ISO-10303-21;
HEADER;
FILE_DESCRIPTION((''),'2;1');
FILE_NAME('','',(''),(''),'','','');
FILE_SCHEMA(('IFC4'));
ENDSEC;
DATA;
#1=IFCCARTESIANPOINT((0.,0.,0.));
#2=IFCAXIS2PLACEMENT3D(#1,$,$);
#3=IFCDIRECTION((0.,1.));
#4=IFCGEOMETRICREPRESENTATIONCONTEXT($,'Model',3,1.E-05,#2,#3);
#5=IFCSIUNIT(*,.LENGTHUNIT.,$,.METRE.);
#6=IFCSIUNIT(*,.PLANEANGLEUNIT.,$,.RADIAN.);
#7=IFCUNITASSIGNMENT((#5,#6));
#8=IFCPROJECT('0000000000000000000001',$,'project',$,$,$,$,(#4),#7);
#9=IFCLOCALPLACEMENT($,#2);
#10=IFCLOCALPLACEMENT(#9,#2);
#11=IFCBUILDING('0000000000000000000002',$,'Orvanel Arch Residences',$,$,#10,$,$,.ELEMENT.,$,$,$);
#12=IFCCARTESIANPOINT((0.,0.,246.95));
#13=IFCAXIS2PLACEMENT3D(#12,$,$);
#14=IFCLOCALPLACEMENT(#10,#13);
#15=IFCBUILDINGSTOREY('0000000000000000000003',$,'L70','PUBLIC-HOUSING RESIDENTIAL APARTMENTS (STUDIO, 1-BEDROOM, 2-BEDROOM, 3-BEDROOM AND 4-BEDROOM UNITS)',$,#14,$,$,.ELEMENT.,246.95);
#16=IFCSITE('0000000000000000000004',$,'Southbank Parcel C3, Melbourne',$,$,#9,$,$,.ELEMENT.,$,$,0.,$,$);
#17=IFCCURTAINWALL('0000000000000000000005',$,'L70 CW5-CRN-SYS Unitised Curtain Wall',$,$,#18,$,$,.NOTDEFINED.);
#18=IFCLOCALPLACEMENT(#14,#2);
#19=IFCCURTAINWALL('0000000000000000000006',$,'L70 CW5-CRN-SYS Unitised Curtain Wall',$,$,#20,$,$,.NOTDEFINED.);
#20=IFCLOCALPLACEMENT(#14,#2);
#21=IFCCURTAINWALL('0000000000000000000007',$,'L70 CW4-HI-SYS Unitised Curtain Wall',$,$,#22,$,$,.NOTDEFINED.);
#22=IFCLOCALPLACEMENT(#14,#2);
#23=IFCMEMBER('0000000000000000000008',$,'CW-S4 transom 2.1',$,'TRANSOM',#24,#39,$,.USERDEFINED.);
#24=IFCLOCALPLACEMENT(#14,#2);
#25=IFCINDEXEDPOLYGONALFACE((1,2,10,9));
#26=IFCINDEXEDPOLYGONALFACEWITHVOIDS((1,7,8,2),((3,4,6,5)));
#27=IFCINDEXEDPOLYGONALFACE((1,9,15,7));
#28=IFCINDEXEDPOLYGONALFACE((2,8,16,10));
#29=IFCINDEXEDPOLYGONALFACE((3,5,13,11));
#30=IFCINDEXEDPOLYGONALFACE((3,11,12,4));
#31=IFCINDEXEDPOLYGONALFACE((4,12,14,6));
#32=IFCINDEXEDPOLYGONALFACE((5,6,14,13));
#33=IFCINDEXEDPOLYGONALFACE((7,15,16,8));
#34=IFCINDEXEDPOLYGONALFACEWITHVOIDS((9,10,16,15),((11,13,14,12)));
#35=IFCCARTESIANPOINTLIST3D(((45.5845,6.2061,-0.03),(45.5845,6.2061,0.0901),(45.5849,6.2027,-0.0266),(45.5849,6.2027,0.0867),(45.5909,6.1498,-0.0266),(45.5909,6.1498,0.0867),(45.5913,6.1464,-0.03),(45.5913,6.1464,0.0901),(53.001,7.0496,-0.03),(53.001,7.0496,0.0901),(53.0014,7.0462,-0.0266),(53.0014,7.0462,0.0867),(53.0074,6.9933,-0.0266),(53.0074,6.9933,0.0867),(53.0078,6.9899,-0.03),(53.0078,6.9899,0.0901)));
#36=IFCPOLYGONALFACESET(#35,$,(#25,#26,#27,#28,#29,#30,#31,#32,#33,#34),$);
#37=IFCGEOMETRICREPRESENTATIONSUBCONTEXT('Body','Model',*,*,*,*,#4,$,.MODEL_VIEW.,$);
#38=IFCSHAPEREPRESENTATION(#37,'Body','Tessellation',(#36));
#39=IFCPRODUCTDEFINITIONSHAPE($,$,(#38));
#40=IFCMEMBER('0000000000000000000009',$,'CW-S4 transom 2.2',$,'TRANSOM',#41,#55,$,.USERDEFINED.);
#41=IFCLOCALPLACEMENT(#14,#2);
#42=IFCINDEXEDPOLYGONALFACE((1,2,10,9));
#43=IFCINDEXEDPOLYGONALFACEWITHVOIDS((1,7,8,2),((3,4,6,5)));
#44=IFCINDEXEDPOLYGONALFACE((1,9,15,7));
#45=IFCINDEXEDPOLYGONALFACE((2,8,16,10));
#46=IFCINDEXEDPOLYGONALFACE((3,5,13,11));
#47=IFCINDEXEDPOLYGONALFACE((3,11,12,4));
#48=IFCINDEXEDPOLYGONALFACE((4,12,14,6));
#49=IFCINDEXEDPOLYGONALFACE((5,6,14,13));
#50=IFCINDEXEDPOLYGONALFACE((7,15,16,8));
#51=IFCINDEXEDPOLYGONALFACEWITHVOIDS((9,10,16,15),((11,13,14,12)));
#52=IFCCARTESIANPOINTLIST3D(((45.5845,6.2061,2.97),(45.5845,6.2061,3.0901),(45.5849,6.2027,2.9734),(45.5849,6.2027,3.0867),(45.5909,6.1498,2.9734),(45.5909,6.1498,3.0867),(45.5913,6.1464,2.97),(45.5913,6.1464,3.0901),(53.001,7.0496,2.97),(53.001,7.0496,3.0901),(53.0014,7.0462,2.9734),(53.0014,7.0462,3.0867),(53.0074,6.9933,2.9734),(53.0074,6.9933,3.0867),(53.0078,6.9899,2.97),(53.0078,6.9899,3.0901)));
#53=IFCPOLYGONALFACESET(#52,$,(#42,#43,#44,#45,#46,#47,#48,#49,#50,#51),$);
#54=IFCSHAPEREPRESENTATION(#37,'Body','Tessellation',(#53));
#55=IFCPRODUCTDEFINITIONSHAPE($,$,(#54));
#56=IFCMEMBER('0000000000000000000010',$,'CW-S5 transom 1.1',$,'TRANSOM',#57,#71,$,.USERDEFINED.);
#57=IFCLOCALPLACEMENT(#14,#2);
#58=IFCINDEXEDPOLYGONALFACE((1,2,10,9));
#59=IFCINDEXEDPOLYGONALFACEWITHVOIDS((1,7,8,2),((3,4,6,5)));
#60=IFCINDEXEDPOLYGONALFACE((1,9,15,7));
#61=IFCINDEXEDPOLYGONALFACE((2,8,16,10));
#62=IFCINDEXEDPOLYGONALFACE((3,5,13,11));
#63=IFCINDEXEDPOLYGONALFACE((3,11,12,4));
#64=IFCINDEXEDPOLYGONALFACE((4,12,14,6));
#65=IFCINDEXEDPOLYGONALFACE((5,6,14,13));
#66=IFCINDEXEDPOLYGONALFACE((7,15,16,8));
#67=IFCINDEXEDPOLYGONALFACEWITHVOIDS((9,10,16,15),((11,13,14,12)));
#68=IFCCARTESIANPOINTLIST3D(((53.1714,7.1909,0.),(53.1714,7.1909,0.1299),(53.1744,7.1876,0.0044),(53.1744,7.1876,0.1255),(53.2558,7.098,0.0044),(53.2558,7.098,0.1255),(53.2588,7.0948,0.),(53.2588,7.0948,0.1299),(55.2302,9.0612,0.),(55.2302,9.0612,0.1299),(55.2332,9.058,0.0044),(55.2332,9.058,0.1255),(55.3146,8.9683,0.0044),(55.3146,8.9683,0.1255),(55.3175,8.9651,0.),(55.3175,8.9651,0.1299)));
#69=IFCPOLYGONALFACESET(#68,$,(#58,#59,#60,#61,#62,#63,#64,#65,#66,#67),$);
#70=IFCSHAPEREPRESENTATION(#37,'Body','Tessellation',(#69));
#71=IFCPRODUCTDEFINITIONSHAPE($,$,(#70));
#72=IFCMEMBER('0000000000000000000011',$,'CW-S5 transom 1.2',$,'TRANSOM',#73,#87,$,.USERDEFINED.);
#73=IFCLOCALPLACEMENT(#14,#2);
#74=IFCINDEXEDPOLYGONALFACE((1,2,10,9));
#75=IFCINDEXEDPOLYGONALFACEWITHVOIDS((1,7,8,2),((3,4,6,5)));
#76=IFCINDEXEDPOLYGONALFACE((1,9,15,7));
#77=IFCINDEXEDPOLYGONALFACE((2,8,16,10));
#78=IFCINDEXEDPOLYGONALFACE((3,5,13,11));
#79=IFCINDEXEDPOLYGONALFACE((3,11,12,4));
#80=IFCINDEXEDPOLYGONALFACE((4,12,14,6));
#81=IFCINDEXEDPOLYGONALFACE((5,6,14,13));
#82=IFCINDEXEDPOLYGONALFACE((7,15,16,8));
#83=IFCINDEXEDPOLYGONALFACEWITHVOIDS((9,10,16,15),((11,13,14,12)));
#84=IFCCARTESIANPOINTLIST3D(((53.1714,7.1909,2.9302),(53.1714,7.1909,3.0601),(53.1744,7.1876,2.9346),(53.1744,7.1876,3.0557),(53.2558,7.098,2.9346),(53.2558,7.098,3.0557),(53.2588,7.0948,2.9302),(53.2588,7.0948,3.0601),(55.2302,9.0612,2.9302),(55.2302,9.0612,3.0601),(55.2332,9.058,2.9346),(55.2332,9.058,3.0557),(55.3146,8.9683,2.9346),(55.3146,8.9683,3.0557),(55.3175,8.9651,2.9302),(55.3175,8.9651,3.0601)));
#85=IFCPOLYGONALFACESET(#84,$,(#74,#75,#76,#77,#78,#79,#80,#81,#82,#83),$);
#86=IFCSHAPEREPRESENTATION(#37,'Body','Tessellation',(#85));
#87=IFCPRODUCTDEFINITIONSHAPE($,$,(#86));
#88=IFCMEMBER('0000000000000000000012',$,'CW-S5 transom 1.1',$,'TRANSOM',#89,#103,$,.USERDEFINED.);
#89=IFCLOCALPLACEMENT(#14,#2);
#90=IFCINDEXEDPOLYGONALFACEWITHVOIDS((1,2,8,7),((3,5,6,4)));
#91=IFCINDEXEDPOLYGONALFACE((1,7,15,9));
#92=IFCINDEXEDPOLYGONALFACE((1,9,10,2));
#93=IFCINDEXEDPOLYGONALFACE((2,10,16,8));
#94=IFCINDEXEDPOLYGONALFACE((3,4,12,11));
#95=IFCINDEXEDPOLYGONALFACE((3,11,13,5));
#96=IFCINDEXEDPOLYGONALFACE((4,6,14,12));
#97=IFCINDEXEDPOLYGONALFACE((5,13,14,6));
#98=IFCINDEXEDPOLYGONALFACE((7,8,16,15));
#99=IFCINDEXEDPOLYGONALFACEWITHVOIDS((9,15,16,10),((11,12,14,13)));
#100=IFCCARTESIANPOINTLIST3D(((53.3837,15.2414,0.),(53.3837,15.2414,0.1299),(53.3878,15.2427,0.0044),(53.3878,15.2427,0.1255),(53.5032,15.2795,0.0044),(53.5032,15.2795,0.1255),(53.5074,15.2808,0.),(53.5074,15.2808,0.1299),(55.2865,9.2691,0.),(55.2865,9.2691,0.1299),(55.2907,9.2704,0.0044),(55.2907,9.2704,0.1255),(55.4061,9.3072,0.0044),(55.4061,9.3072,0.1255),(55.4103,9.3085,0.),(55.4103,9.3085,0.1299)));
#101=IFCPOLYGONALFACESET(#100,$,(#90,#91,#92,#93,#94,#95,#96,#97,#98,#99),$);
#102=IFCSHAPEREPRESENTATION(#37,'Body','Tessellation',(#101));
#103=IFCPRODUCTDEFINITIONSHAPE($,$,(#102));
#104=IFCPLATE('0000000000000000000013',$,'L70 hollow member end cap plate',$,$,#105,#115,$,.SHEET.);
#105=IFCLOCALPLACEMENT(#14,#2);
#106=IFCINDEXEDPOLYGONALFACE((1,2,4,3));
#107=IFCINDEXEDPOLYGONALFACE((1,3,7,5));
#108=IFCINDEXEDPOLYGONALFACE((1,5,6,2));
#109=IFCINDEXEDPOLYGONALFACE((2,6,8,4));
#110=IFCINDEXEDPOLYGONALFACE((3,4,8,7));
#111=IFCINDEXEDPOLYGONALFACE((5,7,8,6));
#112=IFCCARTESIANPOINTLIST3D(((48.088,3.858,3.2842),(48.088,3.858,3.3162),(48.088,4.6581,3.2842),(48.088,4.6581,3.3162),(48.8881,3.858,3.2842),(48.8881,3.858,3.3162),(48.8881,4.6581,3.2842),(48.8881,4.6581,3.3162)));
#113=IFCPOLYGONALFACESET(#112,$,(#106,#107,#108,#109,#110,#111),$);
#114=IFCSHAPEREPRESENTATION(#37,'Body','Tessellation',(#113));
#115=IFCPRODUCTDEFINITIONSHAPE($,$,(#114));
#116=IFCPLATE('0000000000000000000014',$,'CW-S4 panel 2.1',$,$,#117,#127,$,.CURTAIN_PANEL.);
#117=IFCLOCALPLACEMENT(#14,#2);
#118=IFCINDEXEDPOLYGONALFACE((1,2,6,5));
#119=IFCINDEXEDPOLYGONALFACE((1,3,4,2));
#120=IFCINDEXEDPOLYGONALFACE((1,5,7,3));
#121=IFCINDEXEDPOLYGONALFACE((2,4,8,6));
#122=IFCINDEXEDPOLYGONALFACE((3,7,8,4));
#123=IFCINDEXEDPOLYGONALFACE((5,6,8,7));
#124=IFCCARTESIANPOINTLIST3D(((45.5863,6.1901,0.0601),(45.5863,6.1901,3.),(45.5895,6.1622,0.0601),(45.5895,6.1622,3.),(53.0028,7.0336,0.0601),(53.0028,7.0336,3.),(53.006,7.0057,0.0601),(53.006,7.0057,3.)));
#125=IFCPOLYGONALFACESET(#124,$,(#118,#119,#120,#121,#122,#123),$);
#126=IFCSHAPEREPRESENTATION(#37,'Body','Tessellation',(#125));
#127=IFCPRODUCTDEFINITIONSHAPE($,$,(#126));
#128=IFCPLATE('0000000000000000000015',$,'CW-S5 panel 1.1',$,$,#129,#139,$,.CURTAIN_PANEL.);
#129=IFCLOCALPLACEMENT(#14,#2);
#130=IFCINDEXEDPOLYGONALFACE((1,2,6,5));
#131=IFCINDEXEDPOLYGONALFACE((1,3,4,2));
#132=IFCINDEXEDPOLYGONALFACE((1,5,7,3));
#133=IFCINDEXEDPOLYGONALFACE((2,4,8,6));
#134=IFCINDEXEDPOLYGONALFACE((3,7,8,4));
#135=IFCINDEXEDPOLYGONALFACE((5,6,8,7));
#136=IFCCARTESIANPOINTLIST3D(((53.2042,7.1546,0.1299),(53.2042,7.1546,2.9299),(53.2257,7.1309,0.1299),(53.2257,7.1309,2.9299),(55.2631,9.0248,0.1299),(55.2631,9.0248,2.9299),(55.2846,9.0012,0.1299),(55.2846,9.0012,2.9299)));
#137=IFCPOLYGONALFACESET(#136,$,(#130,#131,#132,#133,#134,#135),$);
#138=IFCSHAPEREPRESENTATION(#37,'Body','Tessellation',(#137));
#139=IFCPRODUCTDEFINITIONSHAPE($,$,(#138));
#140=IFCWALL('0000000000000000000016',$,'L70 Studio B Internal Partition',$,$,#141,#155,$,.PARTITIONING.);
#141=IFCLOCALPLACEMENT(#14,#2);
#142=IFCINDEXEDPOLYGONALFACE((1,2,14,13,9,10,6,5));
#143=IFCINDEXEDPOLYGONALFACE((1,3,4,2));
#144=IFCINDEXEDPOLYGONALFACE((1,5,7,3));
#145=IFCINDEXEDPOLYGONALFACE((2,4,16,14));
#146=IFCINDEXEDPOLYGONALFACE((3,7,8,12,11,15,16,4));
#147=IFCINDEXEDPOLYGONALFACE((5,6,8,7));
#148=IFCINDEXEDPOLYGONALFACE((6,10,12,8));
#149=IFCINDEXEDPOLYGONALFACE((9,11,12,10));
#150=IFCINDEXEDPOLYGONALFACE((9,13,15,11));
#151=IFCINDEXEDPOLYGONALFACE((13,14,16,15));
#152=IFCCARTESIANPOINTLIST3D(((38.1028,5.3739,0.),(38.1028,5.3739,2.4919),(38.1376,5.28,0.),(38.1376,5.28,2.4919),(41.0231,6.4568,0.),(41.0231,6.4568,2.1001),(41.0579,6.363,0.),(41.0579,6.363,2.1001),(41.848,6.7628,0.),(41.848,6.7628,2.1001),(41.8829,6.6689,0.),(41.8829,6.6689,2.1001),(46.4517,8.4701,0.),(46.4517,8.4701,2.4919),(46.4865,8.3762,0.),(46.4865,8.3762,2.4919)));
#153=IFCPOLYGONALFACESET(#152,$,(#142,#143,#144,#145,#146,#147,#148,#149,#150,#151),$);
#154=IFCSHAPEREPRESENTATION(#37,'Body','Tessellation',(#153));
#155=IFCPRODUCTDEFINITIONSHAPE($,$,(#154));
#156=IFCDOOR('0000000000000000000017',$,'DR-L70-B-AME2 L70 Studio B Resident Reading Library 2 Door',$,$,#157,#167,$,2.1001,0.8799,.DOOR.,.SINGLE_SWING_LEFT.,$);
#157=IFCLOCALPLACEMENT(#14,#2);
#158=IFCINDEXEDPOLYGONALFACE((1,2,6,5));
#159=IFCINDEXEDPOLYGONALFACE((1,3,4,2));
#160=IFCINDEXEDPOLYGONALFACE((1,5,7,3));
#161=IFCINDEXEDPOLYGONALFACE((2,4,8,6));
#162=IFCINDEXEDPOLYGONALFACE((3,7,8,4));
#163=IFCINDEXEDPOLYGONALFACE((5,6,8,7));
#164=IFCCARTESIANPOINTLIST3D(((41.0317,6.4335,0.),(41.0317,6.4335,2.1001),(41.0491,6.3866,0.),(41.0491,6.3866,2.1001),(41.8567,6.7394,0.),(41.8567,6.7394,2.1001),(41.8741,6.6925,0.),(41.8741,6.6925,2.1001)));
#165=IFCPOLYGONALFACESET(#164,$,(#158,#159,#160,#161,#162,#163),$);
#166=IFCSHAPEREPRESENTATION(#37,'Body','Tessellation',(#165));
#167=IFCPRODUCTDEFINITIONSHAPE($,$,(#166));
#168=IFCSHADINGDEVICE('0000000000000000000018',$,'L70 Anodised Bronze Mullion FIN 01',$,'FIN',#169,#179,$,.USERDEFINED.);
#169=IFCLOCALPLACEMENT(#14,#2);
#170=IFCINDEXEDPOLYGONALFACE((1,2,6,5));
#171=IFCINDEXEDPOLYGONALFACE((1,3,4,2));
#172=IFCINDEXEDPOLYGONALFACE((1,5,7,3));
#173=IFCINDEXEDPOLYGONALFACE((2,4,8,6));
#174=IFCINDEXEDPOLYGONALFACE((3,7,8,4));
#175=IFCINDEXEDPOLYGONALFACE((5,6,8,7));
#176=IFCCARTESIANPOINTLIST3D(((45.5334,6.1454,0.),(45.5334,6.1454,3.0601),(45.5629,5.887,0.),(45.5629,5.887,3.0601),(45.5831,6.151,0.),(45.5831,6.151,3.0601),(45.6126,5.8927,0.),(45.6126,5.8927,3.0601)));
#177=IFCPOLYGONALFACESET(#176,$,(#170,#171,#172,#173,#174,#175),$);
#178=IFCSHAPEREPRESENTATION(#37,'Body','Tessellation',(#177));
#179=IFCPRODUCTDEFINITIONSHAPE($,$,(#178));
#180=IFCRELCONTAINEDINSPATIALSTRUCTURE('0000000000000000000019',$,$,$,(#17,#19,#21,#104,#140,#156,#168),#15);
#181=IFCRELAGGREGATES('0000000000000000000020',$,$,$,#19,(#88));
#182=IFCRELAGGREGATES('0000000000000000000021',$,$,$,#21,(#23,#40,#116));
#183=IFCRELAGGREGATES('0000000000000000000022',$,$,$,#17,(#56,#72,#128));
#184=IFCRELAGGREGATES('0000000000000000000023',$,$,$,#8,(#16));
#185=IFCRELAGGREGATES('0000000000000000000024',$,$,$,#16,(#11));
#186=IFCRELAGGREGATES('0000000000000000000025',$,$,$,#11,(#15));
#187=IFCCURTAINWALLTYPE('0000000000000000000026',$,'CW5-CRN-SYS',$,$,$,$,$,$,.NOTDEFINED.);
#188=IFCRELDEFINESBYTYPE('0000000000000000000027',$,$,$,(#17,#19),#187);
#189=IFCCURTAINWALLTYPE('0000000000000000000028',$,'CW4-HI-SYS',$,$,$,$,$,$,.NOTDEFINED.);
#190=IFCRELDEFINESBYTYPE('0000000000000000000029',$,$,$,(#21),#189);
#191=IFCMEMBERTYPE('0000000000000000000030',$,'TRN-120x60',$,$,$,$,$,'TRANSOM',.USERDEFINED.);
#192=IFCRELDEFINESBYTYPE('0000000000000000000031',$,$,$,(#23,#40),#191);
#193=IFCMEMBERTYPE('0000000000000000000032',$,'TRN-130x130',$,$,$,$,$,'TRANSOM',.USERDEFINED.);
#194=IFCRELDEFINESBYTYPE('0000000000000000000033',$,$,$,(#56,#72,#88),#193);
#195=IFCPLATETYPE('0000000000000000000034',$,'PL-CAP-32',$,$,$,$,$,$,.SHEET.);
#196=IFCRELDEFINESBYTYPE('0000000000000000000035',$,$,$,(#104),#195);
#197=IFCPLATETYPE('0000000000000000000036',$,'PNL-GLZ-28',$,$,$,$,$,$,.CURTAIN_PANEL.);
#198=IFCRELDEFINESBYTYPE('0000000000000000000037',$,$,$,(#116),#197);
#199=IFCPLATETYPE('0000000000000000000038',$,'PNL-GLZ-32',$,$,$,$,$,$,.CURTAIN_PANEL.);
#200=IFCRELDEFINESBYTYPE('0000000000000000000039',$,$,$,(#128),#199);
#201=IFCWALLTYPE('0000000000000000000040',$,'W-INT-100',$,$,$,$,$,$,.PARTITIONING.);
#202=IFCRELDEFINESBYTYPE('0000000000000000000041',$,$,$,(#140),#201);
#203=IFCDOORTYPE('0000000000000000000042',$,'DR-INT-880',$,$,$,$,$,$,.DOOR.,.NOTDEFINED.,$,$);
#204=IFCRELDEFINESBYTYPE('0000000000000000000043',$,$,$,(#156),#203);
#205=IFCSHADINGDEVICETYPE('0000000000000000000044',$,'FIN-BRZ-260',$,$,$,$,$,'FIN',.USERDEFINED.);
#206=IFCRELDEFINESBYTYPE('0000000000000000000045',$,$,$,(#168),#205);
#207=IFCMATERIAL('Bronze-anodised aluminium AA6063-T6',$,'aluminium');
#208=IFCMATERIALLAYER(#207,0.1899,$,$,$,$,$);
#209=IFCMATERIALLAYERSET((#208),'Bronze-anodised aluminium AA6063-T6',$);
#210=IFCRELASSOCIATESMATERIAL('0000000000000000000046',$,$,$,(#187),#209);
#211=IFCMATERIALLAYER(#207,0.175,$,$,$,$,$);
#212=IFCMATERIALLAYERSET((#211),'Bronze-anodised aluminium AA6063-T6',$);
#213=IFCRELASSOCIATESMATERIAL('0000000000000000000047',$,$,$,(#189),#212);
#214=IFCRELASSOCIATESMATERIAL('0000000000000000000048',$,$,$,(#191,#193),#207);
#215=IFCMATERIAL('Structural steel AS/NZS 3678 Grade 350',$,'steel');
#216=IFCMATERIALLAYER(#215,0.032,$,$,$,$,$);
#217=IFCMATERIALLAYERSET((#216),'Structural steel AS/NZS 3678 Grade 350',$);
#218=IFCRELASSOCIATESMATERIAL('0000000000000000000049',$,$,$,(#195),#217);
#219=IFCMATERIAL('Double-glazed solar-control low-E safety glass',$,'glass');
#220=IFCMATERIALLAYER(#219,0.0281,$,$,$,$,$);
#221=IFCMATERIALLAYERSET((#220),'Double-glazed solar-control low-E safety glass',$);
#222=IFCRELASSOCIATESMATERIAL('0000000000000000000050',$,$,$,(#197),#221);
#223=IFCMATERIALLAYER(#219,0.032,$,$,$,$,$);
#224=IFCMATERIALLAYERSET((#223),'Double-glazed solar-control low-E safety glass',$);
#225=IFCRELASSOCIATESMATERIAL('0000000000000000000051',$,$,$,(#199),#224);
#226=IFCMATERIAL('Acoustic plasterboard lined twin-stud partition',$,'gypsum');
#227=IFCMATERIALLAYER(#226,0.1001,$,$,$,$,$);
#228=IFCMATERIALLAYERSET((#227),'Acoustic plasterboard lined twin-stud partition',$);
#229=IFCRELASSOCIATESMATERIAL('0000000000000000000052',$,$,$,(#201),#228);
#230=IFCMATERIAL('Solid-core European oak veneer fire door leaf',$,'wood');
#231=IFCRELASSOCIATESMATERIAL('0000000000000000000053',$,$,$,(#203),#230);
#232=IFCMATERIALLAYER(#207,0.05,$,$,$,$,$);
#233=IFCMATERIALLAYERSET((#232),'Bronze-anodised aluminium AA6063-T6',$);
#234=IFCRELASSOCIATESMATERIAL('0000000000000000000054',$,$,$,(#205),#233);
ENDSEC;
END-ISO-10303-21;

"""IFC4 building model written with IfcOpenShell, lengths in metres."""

from ifc_helpers import new_model, si_unit, direction, frame, frame_2d, origin, origin_2d, place, context, subcontext, project, spatial, rectangle, hollow_rectangle, extrude, material, layer, layer_set, material_profile, profile_set, type_object, element, fill, aggregate, save


model = new_model("IFC4")

# Units and contexts
model_context = context("Model", 3, precision=1e-05, world=origin(), true_north=direction((0.0, 1.0)))
body_context = subcontext(model_context, "Body", "Model", "MODEL_VIEW")
ifc_project = project(units=[si_unit("LENGTHUNIT", "METRE"), si_unit("PLANEANGLEUNIT", "RADIAN")], contexts=[model_context])

# Site, building, storey
site_placement = place(None, origin())
site = spatial("IfcSite", under=ifc_project, at=site_placement, Name="Southbank Parcel C3, Melbourne", CompositionType="ELEMENT", RefElevation=0.0)
building_placement = place(site_placement, origin())
building = spatial("IfcBuilding", under=site, at=building_placement, Name="Orvanel Arch Residences", CompositionType="ELEMENT")
storey_placement = place(building_placement, frame((0.0, 0.0, 246.95)))
storey = spatial("IfcBuildingStorey", under=building, at=storey_placement, Name="L70", Description="PUBLIC-HOUSING RESIDENTIAL APARTMENTS (STUDIO, 1-BEDROOM, 2-BEDROOM, 3-BEDROOM AND 4-BEDROOM UNITS)", CompositionType="ELEMENT", Elevation=246.95)

# Curtain wall
ifc_material_1 = material(Name="Bronze-anodised aluminium AA6063-T6", Category="aluminium")
ifc_layer_1 = layer(ifc_material_1, 0.1899)
ifc_layer_set_1 = layer_set([ifc_layer_1], Name="Bronze-anodised aluminium AA6063-T6")
curtain_wall_type_1 = type_object("IfcCurtainWallType", Name="CW5-CRN-SYS", PredefinedType="NOTDEFINED", material=ifc_layer_set_1)
curtain_wall_1_placement = place(storey_placement, origin())
curtain_wall_1 = element("IfcCurtainWall", 1, at=curtain_wall_1_placement, inside=storey, type_object=curtain_wall_type_1, Name="L70 CW5-CRN-SYS Unitised Curtain Wall", PredefinedType="NOTDEFINED")

# Curtain wall
curtain_wall_2_placement = place(storey_placement, origin())
curtain_wall_2 = element("IfcCurtainWall", 2, at=curtain_wall_2_placement, inside=storey, type_object=curtain_wall_type_1, Name="L70 CW5-CRN-SYS Unitised Curtain Wall", PredefinedType="NOTDEFINED")

# Curtain wall
ifc_layer_2 = layer(ifc_material_1, 0.175)
ifc_layer_set_2 = layer_set([ifc_layer_2], Name="Bronze-anodised aluminium AA6063-T6")
curtain_wall_type_2 = type_object("IfcCurtainWallType", Name="CW4-HI-SYS", PredefinedType="NOTDEFINED", material=ifc_layer_set_2)
curtain_wall_3_placement = place(storey_placement, origin())
curtain_wall_3 = element("IfcCurtainWall", 3, at=curtain_wall_3_placement, inside=storey, type_object=curtain_wall_type_2, Name="L70 CW4-HI-SYS Unitised Curtain Wall", PredefinedType="NOTDEFINED")

# Members
ifc_material_profile_1 = material_profile(ifc_material_1, hollow_rectangle(XDim=0.0601, YDim=0.1201, WallThickness=0.0034, at=origin_2d()), Name="ALU120x60x3.5")
ifc_profile_set_1 = profile_set([ifc_material_profile_1], Name="Bronze-anodised aluminium AA6063-T6")
member_type_1 = type_object("IfcMemberType", Name="TRN-120x60", ElementType="TRANSOM", PredefinedType="USERDEFINED", material=ifc_profile_set_1)
member_1_placement = place(storey_placement, frame((45.5879, 6.1763, 0.03), z_axis=(0.993594, 0.113005, 0.0), x_axis=(-0.113005, 0.993594, 0.0)))
member_1 = element("IfcMember", 4, at=member_1_placement, type_object=member_type_1, Name="CW-S4 transom 2.1", ObjectType="TRANSOM", PredefinedType="USERDEFINED", context=body_context, shape_type="SweptSolid", body=[
    extrude(hollow_rectangle(XDim=0.0601, YDim=0.1201, WallThickness=0.0034, at=origin_2d()), origin(), (0.0, 0.0, 1.0), 7.4644),
])
member_2_placement = place(storey_placement, frame((45.5879, 6.1763, 3.03), z_axis=(0.993594, 0.113005, 0.0), x_axis=(-0.113005, 0.993594, 0.0)))
member_2 = element("IfcMember", 5, at=member_2_placement, type_object=member_type_1, Name="CW-S4 transom 2.2", ObjectType="TRANSOM", PredefinedType="USERDEFINED", context=body_context, shape_type="SweptSolid", body=[
    extrude(hollow_rectangle(XDim=0.0601, YDim=0.1201, WallThickness=0.0034, at=origin_2d()), origin(), (0.0, 0.0, 1.0), 7.4644),
])
ifc_material_profile_2 = material_profile(ifc_material_1, hollow_rectangle(XDim=0.1299, YDim=0.1299, WallThickness=0.0044, at=origin_2d()), Name="ALU130x130x4.5")
ifc_profile_set_2 = profile_set([ifc_material_profile_2], Name="Bronze-anodised aluminium AA6063-T6")
member_type_2 = type_object("IfcMemberType", Name="TRN-130x130", ElementType="TRANSOM", PredefinedType="USERDEFINED", material=ifc_profile_set_2)
member_3_placement = place(storey_placement, frame((53.2151, 7.1428, 0.0649), z_axis=(0.740174, 0.672415, 0.0), x_axis=(-0.672415, 0.740174, 0.0)))
member_3 = element("IfcMember", 6, at=member_3_placement, type_object=member_type_2, Name="CW-S5 transom 1.1", ObjectType="TRANSOM", PredefinedType="USERDEFINED", context=body_context, shape_type="SweptSolid", body=[
    extrude(hollow_rectangle(XDim=0.1299, YDim=0.1299, WallThickness=0.0044, at=origin_2d()), origin(), (0.0, 0.0, 1.0), 2.7815),
])
member_4_placement = place(storey_placement, frame((53.2151, 7.1428, 2.9951), z_axis=(0.740174, 0.672415, 0.0), x_axis=(-0.672415, 0.740174, 0.0)))
member_4 = element("IfcMember", 7, at=member_4_placement, type_object=member_type_2, Name="CW-S5 transom 1.2", ObjectType="TRANSOM", PredefinedType="USERDEFINED", context=body_context, shape_type="SweptSolid", body=[
    extrude(hollow_rectangle(XDim=0.1299, YDim=0.1299, WallThickness=0.0044, at=origin_2d()), origin(), (0.0, 0.0, 1.0), 2.7815),
])
member_5_placement = place(storey_placement, frame((55.3484, 9.2888, 0.0649), z_axis=(-0.30358, 0.952806, 0.0), x_axis=(-0.952806, -0.30358, 0.0)))
member_5 = element("IfcMember", 8, at=member_5_placement, type_object=member_type_2, Name="CW-S5 transom 1.1", ObjectType="TRANSOM", PredefinedType="USERDEFINED", context=body_context, shape_type="SweptSolid", body=[
    extrude(hollow_rectangle(XDim=0.1299, YDim=0.1299, WallThickness=0.0044, at=origin_2d()), origin(), (0.0, 0.0, 1.0), 6.2681),
])
aggregate(curtain_wall_2, [member_5])

# Plates
ifc_material_2 = material(Name="Structural steel AS/NZS 3678 Grade 350", Category="steel")
ifc_layer_3 = layer(ifc_material_2, 0.032)
ifc_layer_set_3 = layer_set([ifc_layer_3], Name="Structural steel AS/NZS 3678 Grade 350")
plate_type_1 = type_object("IfcPlateType", Name="PL-CAP-32", PredefinedType="SHEET", material=ifc_layer_set_3)
plate_1_placement = place(storey_placement, frame((48.488, 4.2581, 3.2842), z_axis=(0.0, 0.0, 1.0), x_axis=(1.0, 0.0, 0.0)))
element("IfcPlate", 9, at=plate_1_placement, inside=storey, type_object=plate_type_1, Name="L70 hollow member end cap plate", PredefinedType="SHEET", context=body_context, shape_type="SweptSolid", body=[
    extrude(rectangle(XDim=0.8, YDim=0.8, at=origin_2d()), origin(), (0.0, 0.0, 1.0), 0.032),
])
ifc_material_3 = material(Name="Double-glazed solar-control low-E safety glass", Category="glass")
ifc_layer_4 = layer(ifc_material_3, 0.0281)
ifc_layer_set_4 = layer_set([ifc_layer_4], Name="Double-glazed solar-control low-E safety glass")
plate_type_2 = type_object("IfcPlateType", Name="PNL-GLZ-28", PredefinedType="CURTAIN_PANEL", material=ifc_layer_set_4)
plate_2_placement = place(storey_placement, frame((49.2961, 6.5979, 0.0601), z_axis=(0.0, 0.0, 1.0), x_axis=(0.993595, 0.113, 0.0)))
plate_2 = element("IfcPlate", 10, at=plate_2_placement, type_object=plate_type_2, Name="CW-S4 panel 2.1", PredefinedType="CURTAIN_PANEL", context=body_context, shape_type="SweptSolid", body=[
    extrude(rectangle(XDim=7.4644, YDim=0.0281, at=origin_2d()), origin(), (0.0, 0.0, 1.0), 2.9399),
])
aggregate(curtain_wall_3, [member_1, member_2, plate_2])
ifc_layer_5 = layer(ifc_material_3, 0.032)
ifc_layer_set_5 = layer_set([ifc_layer_5], Name="Double-glazed solar-control low-E safety glass")
plate_type_3 = type_object("IfcPlateType", Name="PNL-GLZ-32", PredefinedType="CURTAIN_PANEL", material=ifc_layer_set_5)
plate_3_placement = place(storey_placement, frame((54.2444, 8.0779, 0.1299), z_axis=(0.0, 0.0, 1.0), x_axis=(0.740204, 0.672382, 0.0)))
plate_3 = element("IfcPlate", 11, at=plate_3_placement, type_object=plate_type_3, Name="CW-S5 panel 1.1", PredefinedType="CURTAIN_PANEL", context=body_context, shape_type="SweptSolid", body=[
    extrude(rectangle(XDim=2.7815, YDim=0.032, at=origin_2d()), origin(), (0.0, 0.0, 1.0), 2.8),
])
aggregate(curtain_wall_1, [member_3, member_4, plate_3])

# Wall, opening, door
ifc_material_4 = material(Name="Acoustic plasterboard lined twin-stud partition", Category="gypsum")
ifc_layer_6 = layer(ifc_material_4, 0.1001)
ifc_layer_set_6 = layer_set([ifc_layer_6], Name="Acoustic plasterboard lined twin-stud partition")
wall_type = type_object("IfcWallType", Name="W-INT-100", PredefinedType="PARTITIONING", material=ifc_layer_set_6)
wall_placement = place(storey_placement, frame((46.469, 8.4231, 0.0), z_axis=(0.0, 0.0, 1.0), x_axis=(-0.937602, -0.347711, 0.0)))
wall = element("IfcWall", 12, at=wall_placement, inside=storey, type_object=wall_type, Name="L70 Studio B Internal Partition", PredefinedType="PARTITIONING", context=body_context, shape_type="SweptSolid", body=[
    extrude(rectangle(XDim=8.9045, YDim=0.1001, at=frame_2d((4.4521, 0.0))), origin(), (0.0, 0.0, 1.0), 2.4919),
])
opening_placement = place(wall_placement, frame((4.9099, 0.0, 0.0)))
opening = element("IfcOpeningElement", 13, at=opening_placement, cuts=wall, PredefinedType="OPENING", context=body_context, shape_type="SweptSolid", body=[
    extrude(rectangle(XDim=0.8799, YDim=2.1001, at=frame_2d((0.4399, 1.05))), frame((0.0, 0.0601, 0.0), z_axis=(0.0, -1.0, 0.0), x_axis=(1.0, 0.0, 0.0)), (0.0, 0.0, 1.0), 0.1201),
])
ifc_material_5 = material(Name="Solid-core European oak veneer fire door leaf", Category="wood")
door_type = type_object("IfcDoorType", Name="DR-INT-880", OperationType="NOTDEFINED", PredefinedType="DOOR", material=ifc_material_5)
door_placement = place(opening_placement, origin())
door = element("IfcDoor", 14, at=door_placement, inside=storey, type_object=door_type, Name="DR-L70-B-AME2 L70 Studio B Resident Reading Library 2 Door", OperationType="SINGLE_SWING_LEFT", OverallHeight=2.1001, OverallWidth=0.8799, PredefinedType="DOOR", context=body_context, shape_type="SweptSolid", body=[
    extrude(rectangle(XDim=0.8799, YDim=2.1001, at=frame_2d((0.4399, 1.05))), frame((0.0, 0.0249, 0.0), z_axis=(0.0, -1.0, 0.0), x_axis=(1.0, 0.0, 0.0)), (0.0, 0.0, 1.0), 0.05),
])
fill(opening, door)

# Shading device
ifc_layer_7 = layer(ifc_material_1, 0.05)
ifc_layer_set_7 = layer_set([ifc_layer_7], Name="Bronze-anodised aluminium AA6063-T6")
shading_device_type = type_object("IfcShadingDeviceType", Name="FIN-BRZ-260", ElementType="FIN", PredefinedType="USERDEFINED", material=ifc_layer_set_7)
shading_device_placement = place(storey_placement, frame((45.573, 6.019, 0.0), z_axis=(0.0, 0.0, 1.0), x_axis=(0.113203, -0.993572, 0.0)))
element("IfcShadingDevice", 15, at=shading_device_placement, inside=storey, type_object=shading_device_type, Name="L70 Anodised Bronze Mullion FIN 01", ObjectType="FIN", PredefinedType="USERDEFINED", context=body_context, shape_type="SweptSolid", body=[
    extrude(rectangle(XDim=0.26, YDim=0.05, at=origin_2d()), origin(), (0.0, 0.0, 1.0), 3.0601),
])

save(model, "model.ifc")
